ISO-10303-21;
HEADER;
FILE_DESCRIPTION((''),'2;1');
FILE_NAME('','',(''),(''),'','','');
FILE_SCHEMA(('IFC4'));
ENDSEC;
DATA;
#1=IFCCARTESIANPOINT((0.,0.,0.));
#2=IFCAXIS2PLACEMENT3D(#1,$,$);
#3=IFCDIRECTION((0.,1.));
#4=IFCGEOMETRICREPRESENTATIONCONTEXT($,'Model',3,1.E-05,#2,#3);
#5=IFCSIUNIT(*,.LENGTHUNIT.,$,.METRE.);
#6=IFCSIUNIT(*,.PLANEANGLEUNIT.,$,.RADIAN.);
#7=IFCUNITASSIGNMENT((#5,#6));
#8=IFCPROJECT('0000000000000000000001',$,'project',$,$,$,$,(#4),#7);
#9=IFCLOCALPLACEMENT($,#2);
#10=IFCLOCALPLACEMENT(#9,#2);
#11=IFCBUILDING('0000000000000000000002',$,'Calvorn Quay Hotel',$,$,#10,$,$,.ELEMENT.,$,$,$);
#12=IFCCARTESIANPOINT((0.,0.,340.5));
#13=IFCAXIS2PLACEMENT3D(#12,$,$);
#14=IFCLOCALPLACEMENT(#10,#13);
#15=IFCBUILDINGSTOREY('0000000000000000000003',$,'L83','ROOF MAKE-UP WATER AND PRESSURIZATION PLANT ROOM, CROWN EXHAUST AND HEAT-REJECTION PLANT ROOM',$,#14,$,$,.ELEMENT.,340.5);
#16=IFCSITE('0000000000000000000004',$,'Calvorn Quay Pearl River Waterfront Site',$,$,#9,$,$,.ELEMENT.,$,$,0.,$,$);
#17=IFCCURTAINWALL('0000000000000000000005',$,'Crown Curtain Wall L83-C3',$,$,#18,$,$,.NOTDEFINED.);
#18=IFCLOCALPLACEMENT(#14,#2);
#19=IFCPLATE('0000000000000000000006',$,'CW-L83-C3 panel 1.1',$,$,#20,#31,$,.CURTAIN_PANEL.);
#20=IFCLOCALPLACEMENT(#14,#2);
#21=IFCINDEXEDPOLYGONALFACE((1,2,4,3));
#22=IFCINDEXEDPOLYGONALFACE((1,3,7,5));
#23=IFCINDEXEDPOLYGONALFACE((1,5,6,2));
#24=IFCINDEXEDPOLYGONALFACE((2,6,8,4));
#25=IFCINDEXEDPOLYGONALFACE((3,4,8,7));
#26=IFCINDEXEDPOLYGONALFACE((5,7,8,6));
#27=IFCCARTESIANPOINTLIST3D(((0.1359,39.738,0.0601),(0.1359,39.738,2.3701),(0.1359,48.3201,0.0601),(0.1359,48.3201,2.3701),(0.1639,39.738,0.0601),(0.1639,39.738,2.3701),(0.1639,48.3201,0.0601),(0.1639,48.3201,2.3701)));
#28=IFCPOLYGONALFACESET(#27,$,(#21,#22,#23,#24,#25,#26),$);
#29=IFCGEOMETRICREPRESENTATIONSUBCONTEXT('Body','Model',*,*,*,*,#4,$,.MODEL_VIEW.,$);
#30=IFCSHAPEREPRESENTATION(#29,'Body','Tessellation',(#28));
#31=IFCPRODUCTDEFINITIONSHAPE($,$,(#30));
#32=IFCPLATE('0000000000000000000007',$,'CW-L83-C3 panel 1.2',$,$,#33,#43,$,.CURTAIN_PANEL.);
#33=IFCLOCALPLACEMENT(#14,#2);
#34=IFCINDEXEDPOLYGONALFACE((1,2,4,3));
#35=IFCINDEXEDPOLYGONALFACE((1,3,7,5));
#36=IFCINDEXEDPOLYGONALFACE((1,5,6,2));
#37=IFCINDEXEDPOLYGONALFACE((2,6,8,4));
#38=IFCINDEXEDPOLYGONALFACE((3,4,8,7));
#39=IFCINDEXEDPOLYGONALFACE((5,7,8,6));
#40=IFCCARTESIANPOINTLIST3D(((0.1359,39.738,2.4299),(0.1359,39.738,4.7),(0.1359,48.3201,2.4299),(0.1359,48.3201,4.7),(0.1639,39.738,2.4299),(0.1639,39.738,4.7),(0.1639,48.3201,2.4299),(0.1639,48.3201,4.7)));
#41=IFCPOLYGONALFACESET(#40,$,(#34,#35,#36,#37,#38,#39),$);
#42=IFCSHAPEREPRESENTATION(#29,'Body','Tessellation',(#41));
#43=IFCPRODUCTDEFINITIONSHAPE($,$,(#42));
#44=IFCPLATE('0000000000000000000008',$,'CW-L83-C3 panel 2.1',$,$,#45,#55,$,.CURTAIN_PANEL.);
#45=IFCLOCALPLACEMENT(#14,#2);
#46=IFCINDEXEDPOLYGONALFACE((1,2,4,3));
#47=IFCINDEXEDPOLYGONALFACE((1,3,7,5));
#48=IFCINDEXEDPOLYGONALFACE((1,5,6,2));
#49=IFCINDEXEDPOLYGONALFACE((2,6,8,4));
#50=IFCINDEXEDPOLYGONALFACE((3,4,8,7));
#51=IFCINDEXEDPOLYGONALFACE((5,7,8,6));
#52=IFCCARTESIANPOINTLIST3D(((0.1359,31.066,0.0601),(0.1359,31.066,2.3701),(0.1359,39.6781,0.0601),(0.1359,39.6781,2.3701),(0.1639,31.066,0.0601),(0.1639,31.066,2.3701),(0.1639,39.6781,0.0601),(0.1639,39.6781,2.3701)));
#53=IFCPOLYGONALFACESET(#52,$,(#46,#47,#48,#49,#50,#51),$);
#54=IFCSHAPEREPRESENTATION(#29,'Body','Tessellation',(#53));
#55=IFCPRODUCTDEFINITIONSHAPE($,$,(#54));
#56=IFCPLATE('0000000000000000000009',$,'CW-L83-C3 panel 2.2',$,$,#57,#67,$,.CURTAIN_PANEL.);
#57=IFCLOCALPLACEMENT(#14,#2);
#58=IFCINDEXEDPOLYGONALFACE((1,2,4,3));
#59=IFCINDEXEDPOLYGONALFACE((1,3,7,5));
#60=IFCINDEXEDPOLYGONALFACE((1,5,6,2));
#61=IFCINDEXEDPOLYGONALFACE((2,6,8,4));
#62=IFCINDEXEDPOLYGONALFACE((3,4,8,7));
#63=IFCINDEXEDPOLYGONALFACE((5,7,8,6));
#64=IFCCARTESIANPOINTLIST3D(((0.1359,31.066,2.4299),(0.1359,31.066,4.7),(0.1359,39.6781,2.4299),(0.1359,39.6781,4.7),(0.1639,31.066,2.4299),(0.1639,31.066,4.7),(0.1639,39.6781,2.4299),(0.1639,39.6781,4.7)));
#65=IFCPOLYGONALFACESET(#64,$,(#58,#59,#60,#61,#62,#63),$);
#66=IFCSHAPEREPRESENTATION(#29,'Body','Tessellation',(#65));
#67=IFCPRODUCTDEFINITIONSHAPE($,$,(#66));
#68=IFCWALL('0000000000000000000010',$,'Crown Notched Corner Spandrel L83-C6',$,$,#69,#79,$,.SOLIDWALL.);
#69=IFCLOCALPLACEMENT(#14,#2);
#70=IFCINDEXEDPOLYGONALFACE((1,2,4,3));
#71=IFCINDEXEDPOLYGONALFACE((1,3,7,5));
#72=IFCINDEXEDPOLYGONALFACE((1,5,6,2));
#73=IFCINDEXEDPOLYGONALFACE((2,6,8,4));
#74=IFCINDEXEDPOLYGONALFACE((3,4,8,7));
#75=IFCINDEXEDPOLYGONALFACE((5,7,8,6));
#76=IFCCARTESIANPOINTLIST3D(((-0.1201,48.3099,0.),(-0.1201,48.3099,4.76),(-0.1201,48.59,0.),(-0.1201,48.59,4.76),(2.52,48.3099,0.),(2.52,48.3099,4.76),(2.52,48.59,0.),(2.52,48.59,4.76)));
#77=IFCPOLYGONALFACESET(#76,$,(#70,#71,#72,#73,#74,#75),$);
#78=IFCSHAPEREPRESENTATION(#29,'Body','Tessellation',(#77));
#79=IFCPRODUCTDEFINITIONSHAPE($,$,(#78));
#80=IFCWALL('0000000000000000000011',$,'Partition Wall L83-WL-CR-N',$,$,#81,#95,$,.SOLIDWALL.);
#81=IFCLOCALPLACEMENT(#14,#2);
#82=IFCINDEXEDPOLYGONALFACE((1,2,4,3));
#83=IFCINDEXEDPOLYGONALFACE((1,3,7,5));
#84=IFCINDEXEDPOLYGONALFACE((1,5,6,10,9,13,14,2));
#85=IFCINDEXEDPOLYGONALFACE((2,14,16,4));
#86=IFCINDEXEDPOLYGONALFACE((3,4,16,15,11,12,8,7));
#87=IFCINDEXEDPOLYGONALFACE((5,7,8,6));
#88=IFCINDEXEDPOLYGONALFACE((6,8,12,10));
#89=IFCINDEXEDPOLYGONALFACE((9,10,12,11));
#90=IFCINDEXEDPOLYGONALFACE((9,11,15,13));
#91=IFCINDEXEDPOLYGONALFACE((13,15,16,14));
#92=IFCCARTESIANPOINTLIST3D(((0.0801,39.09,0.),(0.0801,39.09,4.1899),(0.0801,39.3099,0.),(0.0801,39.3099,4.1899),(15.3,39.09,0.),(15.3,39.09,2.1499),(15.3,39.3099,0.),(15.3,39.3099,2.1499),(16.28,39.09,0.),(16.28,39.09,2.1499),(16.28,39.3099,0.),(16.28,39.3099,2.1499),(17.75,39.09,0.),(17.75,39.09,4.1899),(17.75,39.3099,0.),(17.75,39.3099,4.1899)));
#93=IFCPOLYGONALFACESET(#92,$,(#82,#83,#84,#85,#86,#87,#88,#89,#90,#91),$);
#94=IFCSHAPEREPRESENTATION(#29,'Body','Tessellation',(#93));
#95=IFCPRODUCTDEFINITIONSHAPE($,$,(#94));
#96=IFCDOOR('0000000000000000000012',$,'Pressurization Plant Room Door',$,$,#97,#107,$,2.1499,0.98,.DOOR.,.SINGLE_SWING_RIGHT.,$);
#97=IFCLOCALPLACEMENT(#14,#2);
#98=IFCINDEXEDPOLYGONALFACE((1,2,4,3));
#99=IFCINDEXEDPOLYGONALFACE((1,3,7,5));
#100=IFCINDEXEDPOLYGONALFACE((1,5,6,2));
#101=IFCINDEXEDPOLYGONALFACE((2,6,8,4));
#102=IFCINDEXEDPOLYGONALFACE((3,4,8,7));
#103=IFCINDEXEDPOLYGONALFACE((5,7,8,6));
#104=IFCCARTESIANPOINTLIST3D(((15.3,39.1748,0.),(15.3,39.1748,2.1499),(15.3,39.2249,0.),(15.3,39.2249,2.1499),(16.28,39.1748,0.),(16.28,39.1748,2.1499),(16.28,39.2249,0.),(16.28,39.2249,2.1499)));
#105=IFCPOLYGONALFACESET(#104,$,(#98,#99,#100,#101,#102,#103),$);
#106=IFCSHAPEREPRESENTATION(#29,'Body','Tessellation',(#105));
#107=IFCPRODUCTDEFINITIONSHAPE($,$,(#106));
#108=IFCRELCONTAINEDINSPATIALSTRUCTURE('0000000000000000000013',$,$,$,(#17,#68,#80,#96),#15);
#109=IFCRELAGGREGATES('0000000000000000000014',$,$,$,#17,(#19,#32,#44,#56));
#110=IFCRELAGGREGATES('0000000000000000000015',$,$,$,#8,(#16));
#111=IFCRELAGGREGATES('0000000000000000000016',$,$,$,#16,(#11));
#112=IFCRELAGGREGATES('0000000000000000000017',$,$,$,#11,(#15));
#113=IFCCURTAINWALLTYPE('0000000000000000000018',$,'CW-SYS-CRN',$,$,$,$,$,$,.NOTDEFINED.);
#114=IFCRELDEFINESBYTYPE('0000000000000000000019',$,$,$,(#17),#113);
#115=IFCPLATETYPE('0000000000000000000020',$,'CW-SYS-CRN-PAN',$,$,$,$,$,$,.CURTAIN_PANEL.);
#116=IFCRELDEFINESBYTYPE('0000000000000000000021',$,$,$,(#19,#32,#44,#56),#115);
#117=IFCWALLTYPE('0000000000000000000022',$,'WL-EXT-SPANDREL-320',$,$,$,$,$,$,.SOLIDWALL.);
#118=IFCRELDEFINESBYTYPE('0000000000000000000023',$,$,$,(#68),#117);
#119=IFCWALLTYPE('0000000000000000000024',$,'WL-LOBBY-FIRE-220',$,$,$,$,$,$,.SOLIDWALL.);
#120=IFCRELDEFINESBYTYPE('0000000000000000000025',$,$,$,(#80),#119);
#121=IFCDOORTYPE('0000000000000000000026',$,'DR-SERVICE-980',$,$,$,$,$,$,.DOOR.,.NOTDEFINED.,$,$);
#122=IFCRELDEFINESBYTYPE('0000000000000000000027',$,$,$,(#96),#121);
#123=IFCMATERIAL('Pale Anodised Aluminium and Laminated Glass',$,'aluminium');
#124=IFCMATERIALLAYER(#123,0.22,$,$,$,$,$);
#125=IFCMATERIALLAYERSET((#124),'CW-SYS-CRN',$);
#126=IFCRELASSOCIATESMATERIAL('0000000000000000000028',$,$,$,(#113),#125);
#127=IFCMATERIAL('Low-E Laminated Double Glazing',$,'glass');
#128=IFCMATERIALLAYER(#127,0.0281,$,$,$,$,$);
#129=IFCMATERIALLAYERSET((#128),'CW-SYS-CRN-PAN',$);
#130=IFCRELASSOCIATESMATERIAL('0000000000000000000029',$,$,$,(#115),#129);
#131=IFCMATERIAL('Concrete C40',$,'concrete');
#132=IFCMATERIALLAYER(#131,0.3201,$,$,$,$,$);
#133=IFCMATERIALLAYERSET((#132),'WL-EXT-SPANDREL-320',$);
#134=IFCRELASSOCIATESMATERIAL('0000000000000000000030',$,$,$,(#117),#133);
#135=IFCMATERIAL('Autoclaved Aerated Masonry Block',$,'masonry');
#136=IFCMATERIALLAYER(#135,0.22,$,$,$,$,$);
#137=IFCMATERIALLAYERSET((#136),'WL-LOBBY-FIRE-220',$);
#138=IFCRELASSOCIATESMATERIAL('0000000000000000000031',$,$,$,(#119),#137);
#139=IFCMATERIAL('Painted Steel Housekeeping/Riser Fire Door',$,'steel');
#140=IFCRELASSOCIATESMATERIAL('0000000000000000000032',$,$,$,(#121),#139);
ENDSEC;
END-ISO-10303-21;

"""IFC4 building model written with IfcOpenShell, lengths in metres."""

from ifc_helpers import new_model, si_unit, direction, frame, frame_2d, origin, origin_2d, place, context, subcontext, project, spatial, rectangle, extrude, material, layer, layer_set, type_object, element, fill, aggregate, save


model = new_model("IFC4")

# Units and contexts
model_context = context("Model", 3, precision=1e-05, world=origin(), true_north=direction((0.0, 1.0)))
body_context = subcontext(model_context, "Body", "Model", "MODEL_VIEW")
ifc_project = project(units=[si_unit("LENGTHUNIT", "METRE"), si_unit("PLANEANGLEUNIT", "RADIAN")], contexts=[model_context])

# Site, building, storey
site_placement = place(None, origin())
site = spatial("IfcSite", under=ifc_project, at=site_placement, Name="Calvorn Quay Pearl River Waterfront Site", CompositionType="ELEMENT", RefElevation=0.0)
building_placement = place(site_placement, origin())
building = spatial("IfcBuilding", under=site, at=building_placement, Name="Calvorn Quay Hotel", CompositionType="ELEMENT")
storey_placement = place(building_placement, frame((0.0, 0.0, 340.5)))
storey = spatial("IfcBuildingStorey", under=building, at=storey_placement, Name="L83", Description="ROOF MAKE-UP WATER AND PRESSURIZATION PLANT ROOM, CROWN EXHAUST AND HEAT-REJECTION PLANT ROOM", CompositionType="ELEMENT", Elevation=340.5)

# Curtain wall, plates
ifc_material_1 = material(Name="Pale Anodised Aluminium and Laminated Glass", Category="aluminium")
ifc_layer_1 = layer(ifc_material_1, 0.22)
ifc_layer_set_1 = layer_set([ifc_layer_1], Name="CW-SYS-CRN")
curtain_wall_type = type_object("IfcCurtainWallType", Name="CW-SYS-CRN", PredefinedType="NOTDEFINED", material=ifc_layer_set_1)
curtain_wall_placement = place(storey_placement, origin())
curtain_wall = element("IfcCurtainWall", 1, at=curtain_wall_placement, inside=storey, type_object=curtain_wall_type, Name="Crown Curtain Wall L83-C3", PredefinedType="NOTDEFINED")
ifc_material_2 = material(Name="Low-E Laminated Double Glazing", Category="glass")
ifc_layer_2 = layer(ifc_material_2, 0.0281)
ifc_layer_set_2 = layer_set([ifc_layer_2], Name="CW-SYS-CRN-PAN")
plate_type = type_object("IfcPlateType", Name="CW-SYS-CRN-PAN", PredefinedType="CURTAIN_PANEL", material=ifc_layer_set_2)
plate_1_placement = place(storey_placement, frame((0.1499, 44.0291, 0.0601), z_axis=(0.0, 0.0, 1.0), x_axis=(0.0, -1.0, 0.0)))
plate_1 = element("IfcPlate", 2, at=plate_1_placement, type_object=plate_type, Name="CW-L83-C3 panel 1.1", PredefinedType="CURTAIN_PANEL", context=body_context, shape_type="SweptSolid", body=[
    extrude(rectangle(XDim=8.582, YDim=0.0281, at=origin_2d()), origin(), (0.0, 0.0, 1.0), 2.3101),
])
plate_2_placement = place(storey_placement, frame((0.1499, 44.0291, 2.4299), z_axis=(0.0, 0.0, 1.0), x_axis=(0.0, -1.0, 0.0)))
plate_2 = element("IfcPlate", 3, at=plate_2_placement, type_object=plate_type, Name="CW-L83-C3 panel 1.2", PredefinedType="CURTAIN_PANEL", context=body_context, shape_type="SweptSolid", body=[
    extrude(rectangle(XDim=8.582, YDim=0.0281, at=origin_2d()), origin(), (0.0, 0.0, 1.0), 2.27),
])
plate_3_placement = place(storey_placement, frame((0.1499, 35.3721, 0.0601), z_axis=(0.0, 0.0, 1.0), x_axis=(0.0, -1.0, 0.0)))
plate_3 = element("IfcPlate", 4, at=plate_3_placement, type_object=plate_type, Name="CW-L83-C3 panel 2.1", PredefinedType="CURTAIN_PANEL", context=body_context, shape_type="SweptSolid", body=[
    extrude(rectangle(XDim=8.6121, YDim=0.0281, at=origin_2d()), origin(), (0.0, 0.0, 1.0), 2.3101),
])
plate_4_placement = place(storey_placement, frame((0.1499, 35.3721, 2.4299), z_axis=(0.0, 0.0, 1.0), x_axis=(0.0, -1.0, 0.0)))
plate_4 = element("IfcPlate", 5, at=plate_4_placement, type_object=plate_type, Name="CW-L83-C3 panel 2.2", PredefinedType="CURTAIN_PANEL", context=body_context, shape_type="SweptSolid", body=[
    extrude(rectangle(XDim=8.6121, YDim=0.0281, at=origin_2d()), origin(), (0.0, 0.0, 1.0), 2.27),
])
aggregate(curtain_wall, [plate_1, plate_2, plate_3, plate_4])

# Wall
ifc_material_3 = material(Name="Concrete C40", Category="concrete")
ifc_layer_3 = layer(ifc_material_3, 0.3201)
ifc_layer_set_3 = layer_set([ifc_layer_3], Name="WL-EXT-SPANDREL-320")
wall_type_1 = type_object("IfcWallType", Name="WL-EXT-SPANDREL-320", PredefinedType="SOLIDWALL", material=ifc_layer_set_3)
wall_1_placement = place(storey_placement, frame((2.52, 48.45, 0.0), z_axis=(0.0, 0.0, 1.0), x_axis=(-1.0, 0.0, 0.0)))
element("IfcWall", 6, at=wall_1_placement, inside=storey, type_object=wall_type_1, Name="Crown Notched Corner Spandrel L83-C6", PredefinedType="SOLIDWALL", context=body_context, shape_type="SweptSolid", body=[
    extrude(rectangle(XDim=2.6401, YDim=0.28, at=frame_2d((1.3201, 0.0))), origin(), (0.0, 0.0, 1.0), 4.76),
])

# Wall, opening, door
ifc_material_4 = material(Name="Autoclaved Aerated Masonry Block", Category="masonry")
ifc_layer_4 = layer(ifc_material_4, 0.22)
ifc_layer_set_4 = layer_set([ifc_layer_4], Name="WL-LOBBY-FIRE-220")
wall_type_2 = type_object("IfcWallType", Name="WL-LOBBY-FIRE-220", PredefinedType="SOLIDWALL", material=ifc_layer_set_4)
wall_2_placement = place(storey_placement, frame((0.0801, 39.2, 0.0), z_axis=(0.0, 0.0, 1.0), x_axis=(1.0, 0.0, 0.0)))
wall_2 = element("IfcWall", 7, at=wall_2_placement, inside=storey, type_object=wall_type_2, Name="Partition Wall L83-WL-CR-N", PredefinedType="SOLIDWALL", context=body_context, shape_type="SweptSolid", body=[
    extrude(rectangle(XDim=17.6699, YDim=0.22, at=frame_2d((8.835, 0.0))), origin(), (0.0, 0.0, 1.0), 4.1899),
])
opening_placement = place(wall_2_placement, frame((15.22, 0.0, 0.0)))
opening = element("IfcOpeningElement", 8, at=opening_placement, cuts=wall_2, PredefinedType="OPENING", context=body_context, shape_type="SweptSolid", body=[
    extrude(rectangle(XDim=0.98, YDim=2.1499, at=frame_2d((0.49, 1.075))), frame((0.0, 0.1199, 0.0), z_axis=(0.0, -1.0, 0.0), x_axis=(1.0, 0.0, 0.0)), (0.0, 0.0, 1.0), 0.24),
])
ifc_material_5 = material(Name="Painted Steel Housekeeping/Riser Fire Door", Category="steel")
door_type = type_object("IfcDoorType", Name="DR-SERVICE-980", OperationType="NOTDEFINED", PredefinedType="DOOR", material=ifc_material_5)
door_placement = place(opening_placement, origin())
door = element("IfcDoor", 9, at=door_placement, inside=storey, type_object=door_type, Name="Pressurization Plant Room Door", OperationType="SINGLE_SWING_RIGHT", OverallHeight=2.1499, OverallWidth=0.98, PredefinedType="DOOR", context=body_context, shape_type="SweptSolid", body=[
    extrude(rectangle(XDim=0.98, YDim=2.1499, at=frame_2d((0.49, 1.075))), frame((0.0, 0.0249, 0.0), z_axis=(0.0, -1.0, 0.0), x_axis=(1.0, 0.0, 0.0)), (0.0, 0.0, 1.0), 0.05),
])
fill(opening, door)

save(model, "model.ifc")
